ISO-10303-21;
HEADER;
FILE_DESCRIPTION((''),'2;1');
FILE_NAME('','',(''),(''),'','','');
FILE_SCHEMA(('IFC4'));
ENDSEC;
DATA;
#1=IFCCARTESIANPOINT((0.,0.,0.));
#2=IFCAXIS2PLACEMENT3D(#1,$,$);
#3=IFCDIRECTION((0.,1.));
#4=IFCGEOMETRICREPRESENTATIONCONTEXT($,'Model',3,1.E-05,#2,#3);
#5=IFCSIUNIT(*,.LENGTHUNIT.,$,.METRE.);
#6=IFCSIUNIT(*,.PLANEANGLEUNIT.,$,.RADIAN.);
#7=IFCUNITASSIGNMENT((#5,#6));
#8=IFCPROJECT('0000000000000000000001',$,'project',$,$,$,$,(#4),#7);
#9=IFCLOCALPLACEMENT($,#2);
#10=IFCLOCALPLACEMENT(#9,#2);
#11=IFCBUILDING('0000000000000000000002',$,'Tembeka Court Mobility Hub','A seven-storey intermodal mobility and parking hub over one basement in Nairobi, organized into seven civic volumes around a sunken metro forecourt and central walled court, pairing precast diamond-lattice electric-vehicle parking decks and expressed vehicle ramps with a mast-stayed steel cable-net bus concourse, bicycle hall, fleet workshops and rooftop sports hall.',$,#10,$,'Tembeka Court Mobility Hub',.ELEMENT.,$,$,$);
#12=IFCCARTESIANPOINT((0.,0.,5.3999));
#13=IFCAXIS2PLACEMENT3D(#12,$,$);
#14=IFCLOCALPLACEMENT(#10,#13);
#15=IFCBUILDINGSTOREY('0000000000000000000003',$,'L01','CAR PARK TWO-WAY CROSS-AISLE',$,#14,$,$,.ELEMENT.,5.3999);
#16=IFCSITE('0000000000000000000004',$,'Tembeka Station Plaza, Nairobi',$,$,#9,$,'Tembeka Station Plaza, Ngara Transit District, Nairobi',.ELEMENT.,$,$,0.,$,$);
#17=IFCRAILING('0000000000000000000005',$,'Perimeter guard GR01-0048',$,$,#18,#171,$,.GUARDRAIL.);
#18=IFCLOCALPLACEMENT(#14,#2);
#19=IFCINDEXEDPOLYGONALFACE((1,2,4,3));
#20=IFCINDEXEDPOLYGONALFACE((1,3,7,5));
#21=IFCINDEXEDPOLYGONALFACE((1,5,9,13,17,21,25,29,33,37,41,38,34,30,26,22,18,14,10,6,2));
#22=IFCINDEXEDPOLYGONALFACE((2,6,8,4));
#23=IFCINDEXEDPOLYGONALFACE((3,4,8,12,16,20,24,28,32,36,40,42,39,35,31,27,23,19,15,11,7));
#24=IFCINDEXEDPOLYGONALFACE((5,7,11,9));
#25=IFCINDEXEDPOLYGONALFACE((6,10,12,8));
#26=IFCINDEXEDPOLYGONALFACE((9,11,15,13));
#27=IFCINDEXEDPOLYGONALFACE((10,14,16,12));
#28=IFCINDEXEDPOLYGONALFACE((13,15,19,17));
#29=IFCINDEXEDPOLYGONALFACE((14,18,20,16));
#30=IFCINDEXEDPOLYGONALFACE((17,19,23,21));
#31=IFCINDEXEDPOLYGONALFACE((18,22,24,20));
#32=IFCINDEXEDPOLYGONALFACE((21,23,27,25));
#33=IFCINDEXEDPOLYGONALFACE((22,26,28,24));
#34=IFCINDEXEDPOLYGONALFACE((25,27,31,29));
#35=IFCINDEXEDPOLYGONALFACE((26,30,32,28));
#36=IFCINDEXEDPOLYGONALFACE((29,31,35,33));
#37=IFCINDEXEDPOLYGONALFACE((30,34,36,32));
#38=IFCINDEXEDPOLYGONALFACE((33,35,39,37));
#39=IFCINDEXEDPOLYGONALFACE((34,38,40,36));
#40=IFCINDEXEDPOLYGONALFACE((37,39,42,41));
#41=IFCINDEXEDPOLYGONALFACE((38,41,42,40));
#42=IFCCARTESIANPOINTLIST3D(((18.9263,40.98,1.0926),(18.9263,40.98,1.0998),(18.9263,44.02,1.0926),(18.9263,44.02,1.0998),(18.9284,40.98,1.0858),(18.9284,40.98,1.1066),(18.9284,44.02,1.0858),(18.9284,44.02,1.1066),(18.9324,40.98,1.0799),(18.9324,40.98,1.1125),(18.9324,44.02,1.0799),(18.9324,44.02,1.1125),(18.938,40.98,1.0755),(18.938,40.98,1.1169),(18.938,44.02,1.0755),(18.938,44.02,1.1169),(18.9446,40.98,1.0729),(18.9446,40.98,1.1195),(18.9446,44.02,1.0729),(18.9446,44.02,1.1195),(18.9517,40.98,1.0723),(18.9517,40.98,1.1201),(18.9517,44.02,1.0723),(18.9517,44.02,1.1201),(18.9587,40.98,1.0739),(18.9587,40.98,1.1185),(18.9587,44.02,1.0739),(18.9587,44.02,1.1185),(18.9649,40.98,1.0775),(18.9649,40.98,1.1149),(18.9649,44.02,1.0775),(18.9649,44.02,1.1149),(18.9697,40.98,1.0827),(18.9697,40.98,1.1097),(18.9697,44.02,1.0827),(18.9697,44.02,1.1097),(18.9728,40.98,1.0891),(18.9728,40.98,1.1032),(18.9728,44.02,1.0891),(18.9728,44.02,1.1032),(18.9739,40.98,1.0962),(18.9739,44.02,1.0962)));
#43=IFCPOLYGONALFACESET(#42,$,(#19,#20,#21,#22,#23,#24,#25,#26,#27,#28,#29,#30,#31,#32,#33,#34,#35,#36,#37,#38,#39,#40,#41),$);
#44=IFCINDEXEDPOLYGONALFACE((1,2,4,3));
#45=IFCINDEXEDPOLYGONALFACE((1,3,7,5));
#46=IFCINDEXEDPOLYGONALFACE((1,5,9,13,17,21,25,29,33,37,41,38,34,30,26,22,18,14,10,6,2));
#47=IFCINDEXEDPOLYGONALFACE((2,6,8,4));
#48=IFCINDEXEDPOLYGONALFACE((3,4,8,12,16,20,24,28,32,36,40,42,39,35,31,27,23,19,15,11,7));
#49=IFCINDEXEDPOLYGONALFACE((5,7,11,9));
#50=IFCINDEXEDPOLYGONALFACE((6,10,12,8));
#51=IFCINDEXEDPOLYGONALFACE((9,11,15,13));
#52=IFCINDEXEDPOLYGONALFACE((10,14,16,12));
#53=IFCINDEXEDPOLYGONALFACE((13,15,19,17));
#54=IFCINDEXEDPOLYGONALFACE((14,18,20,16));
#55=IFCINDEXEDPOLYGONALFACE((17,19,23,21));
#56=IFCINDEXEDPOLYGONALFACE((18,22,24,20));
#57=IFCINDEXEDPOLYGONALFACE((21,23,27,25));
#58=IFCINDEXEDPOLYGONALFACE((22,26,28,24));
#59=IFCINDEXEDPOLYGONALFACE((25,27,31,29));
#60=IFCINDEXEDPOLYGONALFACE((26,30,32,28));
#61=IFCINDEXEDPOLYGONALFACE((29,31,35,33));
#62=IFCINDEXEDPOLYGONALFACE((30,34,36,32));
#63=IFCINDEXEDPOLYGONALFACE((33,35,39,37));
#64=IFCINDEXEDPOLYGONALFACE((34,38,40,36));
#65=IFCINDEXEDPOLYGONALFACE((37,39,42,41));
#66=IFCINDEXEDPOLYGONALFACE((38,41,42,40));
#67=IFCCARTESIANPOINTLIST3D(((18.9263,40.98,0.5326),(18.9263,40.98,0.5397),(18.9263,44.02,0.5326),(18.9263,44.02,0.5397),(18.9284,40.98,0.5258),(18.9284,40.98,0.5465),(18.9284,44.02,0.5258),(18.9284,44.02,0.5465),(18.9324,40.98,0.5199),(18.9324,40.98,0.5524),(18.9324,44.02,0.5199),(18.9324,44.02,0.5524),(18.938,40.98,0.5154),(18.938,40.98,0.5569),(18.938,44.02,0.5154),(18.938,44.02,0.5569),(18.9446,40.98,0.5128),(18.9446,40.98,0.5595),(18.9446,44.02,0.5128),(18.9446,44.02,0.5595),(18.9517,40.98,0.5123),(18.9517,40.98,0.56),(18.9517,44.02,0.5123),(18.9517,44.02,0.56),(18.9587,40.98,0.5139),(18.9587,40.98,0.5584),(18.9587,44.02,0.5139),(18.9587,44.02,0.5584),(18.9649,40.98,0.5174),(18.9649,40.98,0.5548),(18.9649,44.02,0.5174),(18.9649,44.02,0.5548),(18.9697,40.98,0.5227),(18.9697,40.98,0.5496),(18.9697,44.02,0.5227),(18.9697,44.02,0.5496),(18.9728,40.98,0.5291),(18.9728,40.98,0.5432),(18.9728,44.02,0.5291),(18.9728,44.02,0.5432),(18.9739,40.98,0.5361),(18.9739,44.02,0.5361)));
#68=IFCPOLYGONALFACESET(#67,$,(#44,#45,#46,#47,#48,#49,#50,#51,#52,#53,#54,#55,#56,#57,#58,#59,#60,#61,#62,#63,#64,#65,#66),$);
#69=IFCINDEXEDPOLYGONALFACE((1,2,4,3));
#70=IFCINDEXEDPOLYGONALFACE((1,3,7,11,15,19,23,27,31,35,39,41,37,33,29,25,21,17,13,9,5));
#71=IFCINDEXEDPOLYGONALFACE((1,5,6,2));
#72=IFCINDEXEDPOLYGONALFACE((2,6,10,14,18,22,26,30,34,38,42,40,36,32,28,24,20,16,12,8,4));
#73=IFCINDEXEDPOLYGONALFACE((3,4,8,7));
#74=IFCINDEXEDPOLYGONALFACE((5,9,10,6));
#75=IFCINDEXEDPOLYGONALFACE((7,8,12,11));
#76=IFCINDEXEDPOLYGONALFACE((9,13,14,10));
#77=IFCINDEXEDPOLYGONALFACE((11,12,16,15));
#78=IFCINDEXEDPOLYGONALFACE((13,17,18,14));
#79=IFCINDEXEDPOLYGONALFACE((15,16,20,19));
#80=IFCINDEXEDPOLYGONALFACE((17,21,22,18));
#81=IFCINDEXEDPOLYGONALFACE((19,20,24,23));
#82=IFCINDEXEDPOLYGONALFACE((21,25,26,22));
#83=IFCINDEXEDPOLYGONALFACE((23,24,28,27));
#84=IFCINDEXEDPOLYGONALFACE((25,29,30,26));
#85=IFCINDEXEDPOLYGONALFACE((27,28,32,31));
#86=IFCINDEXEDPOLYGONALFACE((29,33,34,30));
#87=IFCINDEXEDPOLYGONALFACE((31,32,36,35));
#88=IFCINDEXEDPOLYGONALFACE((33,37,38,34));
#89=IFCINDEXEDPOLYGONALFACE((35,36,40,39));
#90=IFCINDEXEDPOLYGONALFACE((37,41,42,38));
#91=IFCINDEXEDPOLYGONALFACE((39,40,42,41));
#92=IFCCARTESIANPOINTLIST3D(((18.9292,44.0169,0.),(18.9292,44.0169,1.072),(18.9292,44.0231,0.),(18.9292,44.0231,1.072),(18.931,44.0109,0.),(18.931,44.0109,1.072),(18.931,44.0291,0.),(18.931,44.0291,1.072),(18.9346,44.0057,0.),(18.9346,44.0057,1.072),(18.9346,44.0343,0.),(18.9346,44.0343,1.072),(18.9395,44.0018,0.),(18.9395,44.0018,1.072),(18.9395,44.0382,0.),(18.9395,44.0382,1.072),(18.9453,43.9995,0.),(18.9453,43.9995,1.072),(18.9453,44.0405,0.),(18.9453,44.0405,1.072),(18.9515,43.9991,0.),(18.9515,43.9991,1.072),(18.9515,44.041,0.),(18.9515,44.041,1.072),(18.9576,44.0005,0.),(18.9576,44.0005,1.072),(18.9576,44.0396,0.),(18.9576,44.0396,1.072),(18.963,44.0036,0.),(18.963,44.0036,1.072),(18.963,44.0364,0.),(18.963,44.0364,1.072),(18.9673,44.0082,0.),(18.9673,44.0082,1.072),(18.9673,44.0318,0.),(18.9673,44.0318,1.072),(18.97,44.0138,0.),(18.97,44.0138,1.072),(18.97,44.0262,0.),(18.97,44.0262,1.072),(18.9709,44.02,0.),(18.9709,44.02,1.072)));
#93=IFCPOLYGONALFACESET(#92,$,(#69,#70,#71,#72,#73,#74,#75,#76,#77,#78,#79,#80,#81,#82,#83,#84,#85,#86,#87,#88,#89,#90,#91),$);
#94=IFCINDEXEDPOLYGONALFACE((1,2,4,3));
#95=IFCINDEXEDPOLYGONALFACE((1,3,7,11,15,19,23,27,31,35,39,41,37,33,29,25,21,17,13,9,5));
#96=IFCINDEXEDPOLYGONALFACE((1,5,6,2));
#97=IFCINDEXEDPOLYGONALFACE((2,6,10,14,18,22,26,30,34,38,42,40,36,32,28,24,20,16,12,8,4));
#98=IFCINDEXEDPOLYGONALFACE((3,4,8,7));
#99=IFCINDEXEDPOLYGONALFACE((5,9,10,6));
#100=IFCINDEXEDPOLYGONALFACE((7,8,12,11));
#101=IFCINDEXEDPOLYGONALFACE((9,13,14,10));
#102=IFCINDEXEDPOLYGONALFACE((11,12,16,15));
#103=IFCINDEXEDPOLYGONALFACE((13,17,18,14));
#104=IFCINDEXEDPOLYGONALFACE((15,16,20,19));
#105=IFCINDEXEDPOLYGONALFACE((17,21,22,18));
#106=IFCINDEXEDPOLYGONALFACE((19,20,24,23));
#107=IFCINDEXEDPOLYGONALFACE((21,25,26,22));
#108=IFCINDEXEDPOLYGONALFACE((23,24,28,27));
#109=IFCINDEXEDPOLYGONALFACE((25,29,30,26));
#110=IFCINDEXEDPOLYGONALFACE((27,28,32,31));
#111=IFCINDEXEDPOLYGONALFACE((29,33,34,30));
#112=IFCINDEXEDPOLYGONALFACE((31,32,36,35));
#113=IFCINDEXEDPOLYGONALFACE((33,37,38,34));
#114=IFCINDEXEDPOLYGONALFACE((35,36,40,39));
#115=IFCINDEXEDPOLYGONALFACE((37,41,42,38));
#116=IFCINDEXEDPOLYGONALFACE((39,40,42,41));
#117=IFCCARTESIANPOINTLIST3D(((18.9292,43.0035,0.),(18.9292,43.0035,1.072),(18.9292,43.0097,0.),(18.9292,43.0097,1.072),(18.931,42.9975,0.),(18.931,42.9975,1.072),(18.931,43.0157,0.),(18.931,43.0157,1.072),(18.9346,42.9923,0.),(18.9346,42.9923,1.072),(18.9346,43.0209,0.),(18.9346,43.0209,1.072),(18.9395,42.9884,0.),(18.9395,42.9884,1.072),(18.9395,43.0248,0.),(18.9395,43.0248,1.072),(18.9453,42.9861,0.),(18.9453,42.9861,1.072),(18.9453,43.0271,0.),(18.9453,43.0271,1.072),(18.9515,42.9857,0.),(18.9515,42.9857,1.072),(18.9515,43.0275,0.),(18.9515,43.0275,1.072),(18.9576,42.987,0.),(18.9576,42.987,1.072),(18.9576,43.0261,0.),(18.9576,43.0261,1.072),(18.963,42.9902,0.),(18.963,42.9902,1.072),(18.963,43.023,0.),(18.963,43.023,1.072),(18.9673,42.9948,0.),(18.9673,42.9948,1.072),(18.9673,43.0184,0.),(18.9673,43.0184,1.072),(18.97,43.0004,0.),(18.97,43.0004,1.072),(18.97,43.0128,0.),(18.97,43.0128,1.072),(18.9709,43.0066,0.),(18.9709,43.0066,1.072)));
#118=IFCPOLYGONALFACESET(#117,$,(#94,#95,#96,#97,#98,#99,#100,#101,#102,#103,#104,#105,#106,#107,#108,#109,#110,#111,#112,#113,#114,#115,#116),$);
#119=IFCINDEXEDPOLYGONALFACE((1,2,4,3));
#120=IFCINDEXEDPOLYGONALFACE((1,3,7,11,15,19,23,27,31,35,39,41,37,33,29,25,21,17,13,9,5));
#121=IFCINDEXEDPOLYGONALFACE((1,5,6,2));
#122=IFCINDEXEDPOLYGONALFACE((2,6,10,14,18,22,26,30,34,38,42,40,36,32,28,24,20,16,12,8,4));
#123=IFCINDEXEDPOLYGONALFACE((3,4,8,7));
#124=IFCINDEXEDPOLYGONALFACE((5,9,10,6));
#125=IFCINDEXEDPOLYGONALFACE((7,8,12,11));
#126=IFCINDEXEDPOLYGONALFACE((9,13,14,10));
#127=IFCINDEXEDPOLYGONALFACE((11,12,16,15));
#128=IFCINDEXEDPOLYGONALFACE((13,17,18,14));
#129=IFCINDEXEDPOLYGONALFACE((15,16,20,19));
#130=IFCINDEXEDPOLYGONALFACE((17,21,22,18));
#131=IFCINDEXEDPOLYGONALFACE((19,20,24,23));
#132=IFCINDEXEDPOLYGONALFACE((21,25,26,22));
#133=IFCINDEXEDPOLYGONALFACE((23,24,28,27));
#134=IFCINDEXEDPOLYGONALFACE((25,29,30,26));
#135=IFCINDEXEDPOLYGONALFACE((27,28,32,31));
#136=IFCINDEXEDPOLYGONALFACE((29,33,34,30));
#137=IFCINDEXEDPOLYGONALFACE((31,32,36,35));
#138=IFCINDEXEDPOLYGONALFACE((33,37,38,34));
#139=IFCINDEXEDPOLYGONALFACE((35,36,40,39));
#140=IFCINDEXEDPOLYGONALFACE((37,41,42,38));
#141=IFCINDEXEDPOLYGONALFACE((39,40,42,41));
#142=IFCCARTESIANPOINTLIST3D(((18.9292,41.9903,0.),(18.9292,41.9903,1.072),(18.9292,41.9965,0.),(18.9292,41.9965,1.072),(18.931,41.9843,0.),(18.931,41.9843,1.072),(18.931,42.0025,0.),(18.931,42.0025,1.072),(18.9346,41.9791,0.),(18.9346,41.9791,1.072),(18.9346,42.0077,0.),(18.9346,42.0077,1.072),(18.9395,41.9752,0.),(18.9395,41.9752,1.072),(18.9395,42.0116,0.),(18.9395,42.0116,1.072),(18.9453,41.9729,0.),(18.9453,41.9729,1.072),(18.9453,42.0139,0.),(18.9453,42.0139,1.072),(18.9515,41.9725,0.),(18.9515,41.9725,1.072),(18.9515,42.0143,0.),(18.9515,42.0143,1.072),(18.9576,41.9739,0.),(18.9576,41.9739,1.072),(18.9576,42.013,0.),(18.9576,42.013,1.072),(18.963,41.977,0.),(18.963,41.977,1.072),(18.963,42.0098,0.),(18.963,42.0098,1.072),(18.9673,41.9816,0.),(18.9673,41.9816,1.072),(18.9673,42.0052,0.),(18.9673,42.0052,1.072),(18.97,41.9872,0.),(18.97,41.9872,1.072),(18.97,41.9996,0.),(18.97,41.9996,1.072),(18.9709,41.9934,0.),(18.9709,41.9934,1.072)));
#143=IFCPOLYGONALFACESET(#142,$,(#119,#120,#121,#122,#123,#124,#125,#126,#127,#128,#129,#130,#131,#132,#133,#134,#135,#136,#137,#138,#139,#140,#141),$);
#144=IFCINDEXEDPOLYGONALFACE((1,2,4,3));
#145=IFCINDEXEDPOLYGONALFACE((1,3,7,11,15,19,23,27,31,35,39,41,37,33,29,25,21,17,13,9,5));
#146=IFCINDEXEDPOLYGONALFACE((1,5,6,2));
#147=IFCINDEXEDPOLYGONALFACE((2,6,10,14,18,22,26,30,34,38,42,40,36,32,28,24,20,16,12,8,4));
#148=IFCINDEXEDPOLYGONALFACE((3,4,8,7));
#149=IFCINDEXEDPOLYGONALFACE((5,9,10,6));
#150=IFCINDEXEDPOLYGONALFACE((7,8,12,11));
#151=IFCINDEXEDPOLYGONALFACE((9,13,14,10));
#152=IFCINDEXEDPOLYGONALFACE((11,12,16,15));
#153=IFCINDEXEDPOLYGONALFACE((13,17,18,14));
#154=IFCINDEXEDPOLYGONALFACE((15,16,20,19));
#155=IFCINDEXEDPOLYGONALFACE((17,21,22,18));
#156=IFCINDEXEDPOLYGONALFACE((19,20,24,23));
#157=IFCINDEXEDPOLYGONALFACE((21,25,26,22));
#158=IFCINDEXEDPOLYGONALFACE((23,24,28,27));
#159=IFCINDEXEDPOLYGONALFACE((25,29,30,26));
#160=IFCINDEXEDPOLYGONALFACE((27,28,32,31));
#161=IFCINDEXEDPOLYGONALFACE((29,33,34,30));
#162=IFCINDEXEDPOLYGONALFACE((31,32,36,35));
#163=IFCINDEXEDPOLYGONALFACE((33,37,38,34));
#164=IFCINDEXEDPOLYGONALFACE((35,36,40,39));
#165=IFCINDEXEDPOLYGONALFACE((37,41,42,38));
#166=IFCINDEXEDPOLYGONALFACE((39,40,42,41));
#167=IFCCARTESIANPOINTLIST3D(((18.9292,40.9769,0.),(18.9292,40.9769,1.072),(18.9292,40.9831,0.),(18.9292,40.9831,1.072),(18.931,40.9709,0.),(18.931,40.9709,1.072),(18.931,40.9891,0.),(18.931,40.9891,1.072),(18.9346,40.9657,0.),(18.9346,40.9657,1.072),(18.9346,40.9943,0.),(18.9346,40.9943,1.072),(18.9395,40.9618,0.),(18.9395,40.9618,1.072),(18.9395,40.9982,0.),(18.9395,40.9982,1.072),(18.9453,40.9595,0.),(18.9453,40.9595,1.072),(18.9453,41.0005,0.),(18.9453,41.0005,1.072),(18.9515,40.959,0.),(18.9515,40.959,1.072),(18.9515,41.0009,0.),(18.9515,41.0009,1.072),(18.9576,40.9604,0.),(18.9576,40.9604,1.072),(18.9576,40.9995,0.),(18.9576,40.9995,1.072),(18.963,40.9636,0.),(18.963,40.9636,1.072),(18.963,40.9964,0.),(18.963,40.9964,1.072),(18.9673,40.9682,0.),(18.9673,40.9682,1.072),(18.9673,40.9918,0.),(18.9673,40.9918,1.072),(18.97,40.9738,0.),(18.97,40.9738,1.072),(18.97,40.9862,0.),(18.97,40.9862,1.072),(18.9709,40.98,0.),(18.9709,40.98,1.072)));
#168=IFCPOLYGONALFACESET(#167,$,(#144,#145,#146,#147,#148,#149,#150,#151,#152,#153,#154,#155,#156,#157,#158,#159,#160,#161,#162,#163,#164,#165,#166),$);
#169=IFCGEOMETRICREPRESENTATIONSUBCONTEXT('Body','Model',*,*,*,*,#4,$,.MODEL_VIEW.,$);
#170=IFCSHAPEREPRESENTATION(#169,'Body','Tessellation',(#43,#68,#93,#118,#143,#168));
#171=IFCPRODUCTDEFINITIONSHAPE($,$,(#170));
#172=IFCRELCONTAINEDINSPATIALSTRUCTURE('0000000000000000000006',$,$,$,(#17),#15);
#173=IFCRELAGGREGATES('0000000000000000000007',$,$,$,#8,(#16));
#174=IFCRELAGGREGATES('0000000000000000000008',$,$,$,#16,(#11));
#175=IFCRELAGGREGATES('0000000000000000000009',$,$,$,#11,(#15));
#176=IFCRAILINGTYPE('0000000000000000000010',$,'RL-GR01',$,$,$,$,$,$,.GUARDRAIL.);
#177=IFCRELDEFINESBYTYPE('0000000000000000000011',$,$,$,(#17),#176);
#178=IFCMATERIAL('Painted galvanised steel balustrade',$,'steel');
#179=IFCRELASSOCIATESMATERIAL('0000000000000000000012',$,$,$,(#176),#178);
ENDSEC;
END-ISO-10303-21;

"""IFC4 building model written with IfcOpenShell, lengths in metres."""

from ifc_helpers import new_model, si_unit, direction, frame, origin, origin_2d, place, context, subcontext, project, spatial, circle, extrude, material, type_object, element, save


model = new_model("IFC4")

# Units and contexts
model_context = context("Model", 3, precision=1e-05, world=origin(), true_north=direction((0.0, 1.0)))
body_context = subcontext(model_context, "Body", "Model", "MODEL_VIEW")
ifc_project = project(units=[si_unit("LENGTHUNIT", "METRE"), si_unit("PLANEANGLEUNIT", "RADIAN")], contexts=[model_context])

# Site, building, storey
site_placement = place(None, origin())
site = spatial("IfcSite", under=ifc_project, at=site_placement, Name="Tembeka Station Plaza, Nairobi", LongName="Tembeka Station Plaza, Ngara Transit District, Nairobi", CompositionType="ELEMENT", RefElevation=0.0)
building_placement = place(site_placement, origin())
building = spatial("IfcBuilding", under=site, at=building_placement, Name="Tembeka Court Mobility Hub", Description="A seven-storey intermodal mobility and parking hub over one basement in Nairobi, organized into seven civic volumes around a sunken metro forecourt and central walled court, pairing precast diamond-lattice electric-vehicle parking decks and expressed vehicle ramps with a mast-stayed steel cable-net bus concourse, bicycle hall, fleet workshops and rooftop sports hall.", LongName="Tembeka Court Mobility Hub", CompositionType="ELEMENT")
storey_placement = place(building_placement, frame((0.0, 0.0, 5.3999)))
storey = spatial("IfcBuildingStorey", under=building, at=storey_placement, Name="L01", Description="CAR PARK TWO-WAY CROSS-AISLE", CompositionType="ELEMENT", Elevation=5.3999)

# Railing
ifc_material_1 = material(Name="Painted galvanised steel balustrade", Category="steel")
railing_type_1 = type_object("IfcRailingType", Name="RL-GR01", PredefinedType="GUARDRAIL", material=ifc_material_1)
railing_1_placement = place(storey_placement, frame((18.95, 44.02, 0.0)))
element("IfcRailing", 1, at=railing_1_placement, inside=storey, type_object=railing_type_1, Name="Perimeter guard GR01-0048", PredefinedType="GUARDRAIL", context=body_context, shape_type="SweptSolid", body=[
    extrude(circle(Radius=0.0239, at=origin_2d()), frame((0.0, 0.0, 1.0962), z_axis=(0.0, -1.0, 0.0), x_axis=(1.0, 0.0, 0.0)), (0.0, 0.0, 1.0), 3.04),
    extrude(circle(Radius=0.0239, at=origin_2d()), frame((0.0, 0.0, 0.5361), z_axis=(0.0, -1.0, 0.0), x_axis=(1.0, 0.0, 0.0)), (0.0, 0.0, 1.0), 3.04),
    extrude(circle(Radius=0.021, at=origin_2d()), origin(), (0.0, 0.0, 1.0), 1.072),
    extrude(circle(Radius=0.021, at=origin_2d()), frame((0.0, -1.0134, 0.0)), (0.0, 0.0, 1.0), 1.072),
    extrude(circle(Radius=0.021, at=origin_2d()), frame((0.0, -2.0266, 0.0)), (0.0, 0.0, 1.0), 1.072),
    extrude(circle(Radius=0.021, at=origin_2d()), frame((0.0, -3.04, 0.0)), (0.0, 0.0, 1.0), 1.072),
])

save(model, "model.ifc")
